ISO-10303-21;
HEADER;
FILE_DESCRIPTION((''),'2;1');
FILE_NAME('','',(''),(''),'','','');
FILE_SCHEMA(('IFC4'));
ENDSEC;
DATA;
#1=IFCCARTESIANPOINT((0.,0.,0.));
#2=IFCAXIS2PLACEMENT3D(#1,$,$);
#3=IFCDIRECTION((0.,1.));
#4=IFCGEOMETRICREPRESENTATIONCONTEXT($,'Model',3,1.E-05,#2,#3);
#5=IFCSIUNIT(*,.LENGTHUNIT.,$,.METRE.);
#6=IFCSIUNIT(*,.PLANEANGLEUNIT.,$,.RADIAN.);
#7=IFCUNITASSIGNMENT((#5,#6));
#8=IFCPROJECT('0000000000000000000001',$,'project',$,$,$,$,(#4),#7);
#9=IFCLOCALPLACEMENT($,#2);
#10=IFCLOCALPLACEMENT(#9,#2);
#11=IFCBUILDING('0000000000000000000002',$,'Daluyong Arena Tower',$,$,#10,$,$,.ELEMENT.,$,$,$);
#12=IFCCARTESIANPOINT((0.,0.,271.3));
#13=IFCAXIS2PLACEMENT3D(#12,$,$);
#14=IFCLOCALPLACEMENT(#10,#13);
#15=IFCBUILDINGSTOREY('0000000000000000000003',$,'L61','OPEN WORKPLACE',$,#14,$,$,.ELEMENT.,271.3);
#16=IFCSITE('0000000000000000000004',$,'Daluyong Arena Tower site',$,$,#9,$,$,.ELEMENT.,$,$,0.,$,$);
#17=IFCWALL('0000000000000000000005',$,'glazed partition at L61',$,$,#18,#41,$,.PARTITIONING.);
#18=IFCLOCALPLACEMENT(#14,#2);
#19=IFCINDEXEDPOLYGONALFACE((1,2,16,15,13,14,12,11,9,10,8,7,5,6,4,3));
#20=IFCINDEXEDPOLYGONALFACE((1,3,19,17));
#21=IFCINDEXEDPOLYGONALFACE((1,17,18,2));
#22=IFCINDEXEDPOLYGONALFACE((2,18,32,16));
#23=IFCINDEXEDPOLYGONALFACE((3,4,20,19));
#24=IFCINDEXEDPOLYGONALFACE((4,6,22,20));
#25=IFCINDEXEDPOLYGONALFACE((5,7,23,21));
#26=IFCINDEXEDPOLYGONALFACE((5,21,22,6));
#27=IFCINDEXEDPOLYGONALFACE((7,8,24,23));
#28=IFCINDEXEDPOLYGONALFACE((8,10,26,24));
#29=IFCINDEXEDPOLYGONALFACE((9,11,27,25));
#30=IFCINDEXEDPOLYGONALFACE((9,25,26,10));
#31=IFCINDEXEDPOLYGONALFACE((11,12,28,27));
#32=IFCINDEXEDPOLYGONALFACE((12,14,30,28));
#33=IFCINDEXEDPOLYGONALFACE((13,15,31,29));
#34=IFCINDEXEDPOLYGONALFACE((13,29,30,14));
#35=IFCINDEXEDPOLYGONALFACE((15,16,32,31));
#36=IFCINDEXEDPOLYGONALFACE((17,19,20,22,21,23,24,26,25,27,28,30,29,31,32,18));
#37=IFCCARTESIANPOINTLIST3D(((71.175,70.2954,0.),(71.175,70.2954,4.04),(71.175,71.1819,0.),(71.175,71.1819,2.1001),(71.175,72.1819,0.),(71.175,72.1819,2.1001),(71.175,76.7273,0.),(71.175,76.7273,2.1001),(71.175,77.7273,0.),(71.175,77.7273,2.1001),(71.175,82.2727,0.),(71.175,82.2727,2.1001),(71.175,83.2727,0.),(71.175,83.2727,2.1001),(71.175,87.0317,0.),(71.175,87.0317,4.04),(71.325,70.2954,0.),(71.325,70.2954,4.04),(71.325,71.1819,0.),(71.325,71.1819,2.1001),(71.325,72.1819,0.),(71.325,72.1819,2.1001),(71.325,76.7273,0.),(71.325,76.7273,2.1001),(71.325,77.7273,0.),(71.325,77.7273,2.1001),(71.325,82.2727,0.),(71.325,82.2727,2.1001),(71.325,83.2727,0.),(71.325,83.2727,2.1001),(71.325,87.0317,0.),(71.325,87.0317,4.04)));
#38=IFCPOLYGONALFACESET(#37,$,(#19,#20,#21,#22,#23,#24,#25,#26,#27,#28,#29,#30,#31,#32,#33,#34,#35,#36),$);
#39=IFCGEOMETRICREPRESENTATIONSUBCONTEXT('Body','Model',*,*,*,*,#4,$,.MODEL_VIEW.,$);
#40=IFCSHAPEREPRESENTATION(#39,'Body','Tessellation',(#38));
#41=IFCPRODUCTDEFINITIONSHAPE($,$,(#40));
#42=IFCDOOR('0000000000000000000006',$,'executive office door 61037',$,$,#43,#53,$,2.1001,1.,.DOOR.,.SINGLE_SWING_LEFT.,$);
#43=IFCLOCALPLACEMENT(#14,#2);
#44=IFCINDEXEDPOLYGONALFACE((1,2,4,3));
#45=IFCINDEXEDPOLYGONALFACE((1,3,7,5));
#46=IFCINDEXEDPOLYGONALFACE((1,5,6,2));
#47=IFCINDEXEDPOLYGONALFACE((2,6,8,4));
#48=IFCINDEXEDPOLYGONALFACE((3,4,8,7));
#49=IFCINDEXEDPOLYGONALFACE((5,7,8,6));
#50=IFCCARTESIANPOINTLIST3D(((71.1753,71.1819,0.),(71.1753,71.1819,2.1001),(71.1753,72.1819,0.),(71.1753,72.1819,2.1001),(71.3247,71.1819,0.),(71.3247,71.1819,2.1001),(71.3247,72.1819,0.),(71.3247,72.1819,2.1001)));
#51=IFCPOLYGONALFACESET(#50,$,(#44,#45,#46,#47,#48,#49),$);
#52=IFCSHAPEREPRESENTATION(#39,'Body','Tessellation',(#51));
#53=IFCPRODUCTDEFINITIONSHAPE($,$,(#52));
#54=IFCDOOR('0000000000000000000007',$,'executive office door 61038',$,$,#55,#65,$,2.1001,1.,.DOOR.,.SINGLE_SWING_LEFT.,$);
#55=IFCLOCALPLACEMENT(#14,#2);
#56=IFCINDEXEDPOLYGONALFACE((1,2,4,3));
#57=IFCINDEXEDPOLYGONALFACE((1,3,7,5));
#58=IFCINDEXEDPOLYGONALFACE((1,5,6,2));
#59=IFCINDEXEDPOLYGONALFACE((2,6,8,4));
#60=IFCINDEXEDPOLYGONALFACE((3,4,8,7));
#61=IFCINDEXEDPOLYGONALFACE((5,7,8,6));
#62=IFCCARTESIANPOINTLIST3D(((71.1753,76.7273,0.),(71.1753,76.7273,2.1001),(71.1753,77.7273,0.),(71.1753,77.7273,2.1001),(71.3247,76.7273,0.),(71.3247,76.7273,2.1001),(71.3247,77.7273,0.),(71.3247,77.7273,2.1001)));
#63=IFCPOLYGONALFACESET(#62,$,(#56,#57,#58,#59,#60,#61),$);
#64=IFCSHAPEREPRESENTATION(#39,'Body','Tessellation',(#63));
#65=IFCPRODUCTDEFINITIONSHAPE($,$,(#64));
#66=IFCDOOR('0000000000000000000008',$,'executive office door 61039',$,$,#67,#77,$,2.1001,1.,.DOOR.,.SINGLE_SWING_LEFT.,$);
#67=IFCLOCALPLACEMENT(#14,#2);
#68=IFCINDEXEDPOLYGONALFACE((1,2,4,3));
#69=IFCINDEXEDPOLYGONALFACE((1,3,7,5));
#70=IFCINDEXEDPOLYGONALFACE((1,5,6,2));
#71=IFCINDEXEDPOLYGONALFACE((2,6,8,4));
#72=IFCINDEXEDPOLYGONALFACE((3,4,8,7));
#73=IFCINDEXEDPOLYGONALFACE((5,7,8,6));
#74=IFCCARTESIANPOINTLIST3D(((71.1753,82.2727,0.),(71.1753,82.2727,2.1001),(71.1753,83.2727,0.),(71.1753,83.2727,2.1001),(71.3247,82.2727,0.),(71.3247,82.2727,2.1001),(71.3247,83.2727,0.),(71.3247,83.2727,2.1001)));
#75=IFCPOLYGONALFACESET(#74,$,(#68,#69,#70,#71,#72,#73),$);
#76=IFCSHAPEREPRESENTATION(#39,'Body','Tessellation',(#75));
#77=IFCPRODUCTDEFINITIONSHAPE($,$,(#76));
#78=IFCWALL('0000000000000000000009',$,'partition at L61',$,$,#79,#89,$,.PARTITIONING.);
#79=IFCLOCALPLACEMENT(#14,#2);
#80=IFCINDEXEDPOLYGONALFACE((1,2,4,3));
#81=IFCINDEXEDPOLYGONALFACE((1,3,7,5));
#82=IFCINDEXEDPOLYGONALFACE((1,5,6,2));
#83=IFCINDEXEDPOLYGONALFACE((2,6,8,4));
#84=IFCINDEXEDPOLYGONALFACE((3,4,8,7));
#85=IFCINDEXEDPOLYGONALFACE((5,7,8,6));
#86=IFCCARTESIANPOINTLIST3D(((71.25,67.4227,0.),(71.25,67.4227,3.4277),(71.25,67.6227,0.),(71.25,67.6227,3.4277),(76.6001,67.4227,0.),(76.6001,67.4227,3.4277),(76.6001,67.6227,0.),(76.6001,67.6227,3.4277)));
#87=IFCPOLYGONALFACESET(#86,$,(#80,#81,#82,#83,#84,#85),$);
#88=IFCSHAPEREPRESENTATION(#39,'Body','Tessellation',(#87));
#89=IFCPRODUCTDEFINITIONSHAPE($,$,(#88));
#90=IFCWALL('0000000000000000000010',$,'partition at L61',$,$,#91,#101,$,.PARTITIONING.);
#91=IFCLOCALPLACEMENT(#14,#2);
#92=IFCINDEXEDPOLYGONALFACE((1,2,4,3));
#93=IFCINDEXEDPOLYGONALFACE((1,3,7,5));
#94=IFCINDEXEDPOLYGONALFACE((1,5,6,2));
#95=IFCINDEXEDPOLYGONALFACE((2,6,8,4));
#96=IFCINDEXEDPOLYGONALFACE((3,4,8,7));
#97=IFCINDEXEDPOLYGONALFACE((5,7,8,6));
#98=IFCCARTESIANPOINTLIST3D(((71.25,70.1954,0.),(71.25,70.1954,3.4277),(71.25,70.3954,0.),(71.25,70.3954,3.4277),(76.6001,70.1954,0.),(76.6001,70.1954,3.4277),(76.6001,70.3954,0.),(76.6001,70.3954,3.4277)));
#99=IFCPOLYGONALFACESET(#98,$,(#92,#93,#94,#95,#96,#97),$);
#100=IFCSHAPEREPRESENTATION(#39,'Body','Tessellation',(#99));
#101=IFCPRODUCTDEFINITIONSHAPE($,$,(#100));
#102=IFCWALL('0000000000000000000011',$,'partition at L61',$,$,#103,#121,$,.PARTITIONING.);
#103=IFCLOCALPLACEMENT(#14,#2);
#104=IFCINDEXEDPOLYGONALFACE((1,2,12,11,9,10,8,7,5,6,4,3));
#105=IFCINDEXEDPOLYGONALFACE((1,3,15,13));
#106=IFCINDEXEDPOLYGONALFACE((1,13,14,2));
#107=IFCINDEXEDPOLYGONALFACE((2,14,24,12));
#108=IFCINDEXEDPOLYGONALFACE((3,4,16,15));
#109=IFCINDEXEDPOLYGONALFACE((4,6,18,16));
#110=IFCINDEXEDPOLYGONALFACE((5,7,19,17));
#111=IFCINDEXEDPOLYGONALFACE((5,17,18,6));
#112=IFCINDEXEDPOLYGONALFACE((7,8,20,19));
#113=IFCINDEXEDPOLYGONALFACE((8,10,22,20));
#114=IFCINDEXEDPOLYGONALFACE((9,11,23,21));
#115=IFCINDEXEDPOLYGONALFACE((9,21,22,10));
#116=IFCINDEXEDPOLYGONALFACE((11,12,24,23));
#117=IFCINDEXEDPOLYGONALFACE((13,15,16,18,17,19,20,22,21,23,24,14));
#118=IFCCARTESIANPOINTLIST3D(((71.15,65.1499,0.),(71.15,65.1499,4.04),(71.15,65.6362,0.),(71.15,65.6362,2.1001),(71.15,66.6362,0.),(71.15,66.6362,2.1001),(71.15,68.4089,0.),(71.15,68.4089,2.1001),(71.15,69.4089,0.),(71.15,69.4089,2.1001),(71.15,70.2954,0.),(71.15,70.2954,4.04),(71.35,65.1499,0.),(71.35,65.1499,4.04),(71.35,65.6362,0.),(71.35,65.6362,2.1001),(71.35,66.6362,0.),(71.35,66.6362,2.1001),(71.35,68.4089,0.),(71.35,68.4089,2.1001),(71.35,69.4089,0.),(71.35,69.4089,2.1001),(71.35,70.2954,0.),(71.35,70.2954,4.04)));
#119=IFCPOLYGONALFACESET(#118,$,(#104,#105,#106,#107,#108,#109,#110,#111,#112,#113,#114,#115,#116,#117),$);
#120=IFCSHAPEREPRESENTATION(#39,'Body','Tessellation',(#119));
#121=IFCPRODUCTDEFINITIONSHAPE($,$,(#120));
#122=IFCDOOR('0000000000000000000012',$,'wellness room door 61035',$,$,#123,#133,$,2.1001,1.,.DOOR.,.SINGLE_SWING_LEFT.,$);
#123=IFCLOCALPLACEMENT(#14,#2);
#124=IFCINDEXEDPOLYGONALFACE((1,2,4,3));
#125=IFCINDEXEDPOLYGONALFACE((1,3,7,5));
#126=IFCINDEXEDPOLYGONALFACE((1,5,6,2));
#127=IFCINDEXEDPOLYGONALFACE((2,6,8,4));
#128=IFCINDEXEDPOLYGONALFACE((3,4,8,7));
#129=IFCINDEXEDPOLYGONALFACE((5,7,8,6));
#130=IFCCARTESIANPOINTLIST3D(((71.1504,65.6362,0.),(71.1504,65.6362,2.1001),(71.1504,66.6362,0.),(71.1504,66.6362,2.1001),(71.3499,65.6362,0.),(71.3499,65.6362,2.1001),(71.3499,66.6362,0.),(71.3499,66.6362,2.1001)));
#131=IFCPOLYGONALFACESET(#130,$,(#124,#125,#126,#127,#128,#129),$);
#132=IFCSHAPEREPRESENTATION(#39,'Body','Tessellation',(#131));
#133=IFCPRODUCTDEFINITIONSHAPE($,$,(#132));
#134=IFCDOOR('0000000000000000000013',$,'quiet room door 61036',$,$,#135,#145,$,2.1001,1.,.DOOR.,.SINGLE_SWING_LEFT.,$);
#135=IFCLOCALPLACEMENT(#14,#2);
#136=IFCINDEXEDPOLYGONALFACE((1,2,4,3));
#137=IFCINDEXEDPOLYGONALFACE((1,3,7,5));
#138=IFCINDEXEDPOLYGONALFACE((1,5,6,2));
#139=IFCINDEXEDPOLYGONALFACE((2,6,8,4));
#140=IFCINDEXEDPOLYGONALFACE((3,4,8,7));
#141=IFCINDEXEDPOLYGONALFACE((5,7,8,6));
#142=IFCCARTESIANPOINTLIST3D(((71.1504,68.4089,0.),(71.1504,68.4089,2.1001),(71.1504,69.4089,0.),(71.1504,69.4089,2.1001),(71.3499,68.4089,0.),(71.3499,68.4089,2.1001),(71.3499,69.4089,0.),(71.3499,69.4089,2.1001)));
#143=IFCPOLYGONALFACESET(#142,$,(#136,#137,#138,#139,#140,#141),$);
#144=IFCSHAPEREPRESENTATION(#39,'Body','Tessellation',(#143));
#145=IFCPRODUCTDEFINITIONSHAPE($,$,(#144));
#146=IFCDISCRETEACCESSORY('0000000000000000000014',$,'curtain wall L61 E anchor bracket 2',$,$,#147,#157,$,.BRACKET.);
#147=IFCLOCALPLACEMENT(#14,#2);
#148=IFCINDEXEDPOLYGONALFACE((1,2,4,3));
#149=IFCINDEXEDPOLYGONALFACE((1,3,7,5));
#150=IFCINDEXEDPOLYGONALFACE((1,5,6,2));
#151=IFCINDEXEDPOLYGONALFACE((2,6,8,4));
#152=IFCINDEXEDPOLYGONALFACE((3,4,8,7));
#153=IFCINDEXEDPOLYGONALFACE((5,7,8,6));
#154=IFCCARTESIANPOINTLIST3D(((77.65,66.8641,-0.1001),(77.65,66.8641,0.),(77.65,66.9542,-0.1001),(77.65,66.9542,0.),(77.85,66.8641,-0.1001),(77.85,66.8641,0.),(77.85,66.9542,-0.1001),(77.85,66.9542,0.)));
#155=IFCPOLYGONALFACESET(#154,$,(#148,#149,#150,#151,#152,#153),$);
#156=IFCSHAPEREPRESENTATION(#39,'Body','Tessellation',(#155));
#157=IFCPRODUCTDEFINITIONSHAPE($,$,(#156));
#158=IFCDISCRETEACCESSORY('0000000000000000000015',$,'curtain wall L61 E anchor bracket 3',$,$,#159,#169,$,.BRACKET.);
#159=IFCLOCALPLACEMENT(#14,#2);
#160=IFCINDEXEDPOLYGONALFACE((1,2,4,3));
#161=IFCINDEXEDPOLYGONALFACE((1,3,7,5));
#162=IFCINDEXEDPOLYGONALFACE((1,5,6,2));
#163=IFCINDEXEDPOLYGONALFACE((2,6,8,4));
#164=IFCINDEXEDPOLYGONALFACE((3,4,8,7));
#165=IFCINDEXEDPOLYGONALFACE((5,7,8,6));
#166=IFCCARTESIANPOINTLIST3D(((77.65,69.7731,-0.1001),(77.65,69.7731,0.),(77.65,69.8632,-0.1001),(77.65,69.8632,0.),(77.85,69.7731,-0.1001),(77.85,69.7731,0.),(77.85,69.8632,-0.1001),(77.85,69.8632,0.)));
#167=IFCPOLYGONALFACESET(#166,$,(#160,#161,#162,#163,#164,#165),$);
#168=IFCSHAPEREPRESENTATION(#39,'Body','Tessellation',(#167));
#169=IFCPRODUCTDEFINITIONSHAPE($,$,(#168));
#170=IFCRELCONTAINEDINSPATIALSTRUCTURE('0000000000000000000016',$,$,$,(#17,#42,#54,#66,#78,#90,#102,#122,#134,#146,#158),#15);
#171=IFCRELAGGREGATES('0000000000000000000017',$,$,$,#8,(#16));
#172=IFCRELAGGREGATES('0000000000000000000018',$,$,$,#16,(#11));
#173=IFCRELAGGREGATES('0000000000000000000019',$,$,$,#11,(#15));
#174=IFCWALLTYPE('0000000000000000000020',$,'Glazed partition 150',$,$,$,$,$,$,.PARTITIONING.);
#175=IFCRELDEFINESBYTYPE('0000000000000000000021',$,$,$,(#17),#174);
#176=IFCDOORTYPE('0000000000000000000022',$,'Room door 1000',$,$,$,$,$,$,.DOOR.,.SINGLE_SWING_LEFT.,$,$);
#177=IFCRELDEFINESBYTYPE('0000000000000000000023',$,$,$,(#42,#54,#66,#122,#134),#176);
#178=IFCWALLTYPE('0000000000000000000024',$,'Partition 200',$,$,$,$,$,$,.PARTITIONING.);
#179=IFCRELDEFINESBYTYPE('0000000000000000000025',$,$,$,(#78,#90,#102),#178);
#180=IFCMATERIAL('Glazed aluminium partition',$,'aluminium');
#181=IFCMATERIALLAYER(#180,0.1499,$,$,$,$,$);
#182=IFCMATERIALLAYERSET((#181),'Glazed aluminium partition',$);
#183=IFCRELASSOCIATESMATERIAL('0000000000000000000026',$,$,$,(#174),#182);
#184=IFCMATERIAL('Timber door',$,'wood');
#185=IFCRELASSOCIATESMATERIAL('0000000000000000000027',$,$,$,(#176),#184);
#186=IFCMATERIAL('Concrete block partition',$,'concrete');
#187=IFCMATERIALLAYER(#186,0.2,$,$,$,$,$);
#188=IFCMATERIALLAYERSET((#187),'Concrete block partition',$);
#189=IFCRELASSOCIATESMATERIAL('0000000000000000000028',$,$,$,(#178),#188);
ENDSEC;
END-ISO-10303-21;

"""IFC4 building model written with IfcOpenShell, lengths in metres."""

from ifc_helpers import new_model, si_unit, direction, frame, frame_2d, origin, origin_2d, place, context, subcontext, project, spatial, rectangle, extrude, material, layer, layer_set, type_object, element, fill, save


model = new_model("IFC4")

# Units and contexts
model_context = context("Model", 3, precision=1e-05, world=origin(), true_north=direction((0.0, 1.0)))
body_context = subcontext(model_context, "Body", "Model", "MODEL_VIEW")
ifc_project = project(units=[si_unit("LENGTHUNIT", "METRE"), si_unit("PLANEANGLEUNIT", "RADIAN")], contexts=[model_context])

# Site, building, storey
site_placement = place(None, origin())
site = spatial("IfcSite", under=ifc_project, at=site_placement, Name="Daluyong Arena Tower site", CompositionType="ELEMENT", RefElevation=0.0)
building_placement = place(site_placement, origin())
building = spatial("IfcBuilding", under=site, at=building_placement, Name="Daluyong Arena Tower", CompositionType="ELEMENT")
storey_placement = place(building_placement, frame((0.0, 0.0, 271.3)))
storey = spatial("IfcBuildingStorey", under=building, at=storey_placement, Name="L61", Description="OPEN WORKPLACE", CompositionType="ELEMENT", Elevation=271.3)

# Wall, openings, doors
ifc_material_1 = material(Name="Glazed aluminium partition", Category="aluminium")
ifc_layer_1 = layer(ifc_material_1, 0.1499)
ifc_layer_set_1 = layer_set([ifc_layer_1], Name="Glazed aluminium partition")
wall_type_1 = type_object("IfcWallType", Name="Glazed partition 150", PredefinedType="PARTITIONING", material=ifc_layer_set_1)
wall_1_placement = place(storey_placement, frame((71.25, 70.2954, 0.0), z_axis=(0.0, 0.0, 1.0), x_axis=(0.0, 1.0, 0.0)))
wall_1 = element("IfcWall", 1, at=wall_1_placement, inside=storey, type_object=wall_type_1, Name="glazed partition at L61", PredefinedType="PARTITIONING", context=body_context, shape_type="SweptSolid", body=[
    extrude(rectangle(XDim=16.7363, YDim=0.1499, at=frame_2d((8.3682, 0.0))), origin(), (0.0, 0.0, 1.0), 4.04),
])
opening_1_placement = place(wall_1_placement, frame((0.8865, 0.0, 0.0)))
opening_1 = element("IfcOpeningElement", 2, at=opening_1_placement, cuts=wall_1, PredefinedType="OPENING", context=body_context, shape_type="SweptSolid", body=[
    extrude(rectangle(XDim=1.0, YDim=2.1001, at=frame_2d((0.5, 1.05))), frame((0.0, 0.085, 0.0), z_axis=(0.0, -1.0, 0.0), x_axis=(1.0, 0.0, 0.0)), (0.0, 0.0, 1.0), 0.1699),
])
opening_2_placement = place(wall_1_placement, frame((6.4319, 0.0, 0.0)))
opening_2 = element("IfcOpeningElement", 3, at=opening_2_placement, cuts=wall_1, PredefinedType="OPENING", context=body_context, shape_type="SweptSolid", body=[
    extrude(rectangle(XDim=1.0, YDim=2.1001, at=frame_2d((0.5, 1.05))), frame((0.0, 0.085, 0.0), z_axis=(0.0, -1.0, 0.0), x_axis=(1.0, 0.0, 0.0)), (0.0, 0.0, 1.0), 0.1699),
])
opening_3_placement = place(wall_1_placement, frame((11.9773, 0.0, 0.0)))
opening_3 = element("IfcOpeningElement", 4, at=opening_3_placement, cuts=wall_1, PredefinedType="OPENING", context=body_context, shape_type="SweptSolid", body=[
    extrude(rectangle(XDim=1.0, YDim=2.1001, at=frame_2d((0.5, 1.05))), frame((0.0, 0.085, 0.0), z_axis=(0.0, -1.0, 0.0), x_axis=(1.0, 0.0, 0.0)), (0.0, 0.0, 1.0), 0.1699),
])
ifc_material_2 = material(Name="Timber door", Category="wood")
door_type = type_object("IfcDoorType", Name="Room door 1000", OperationType="SINGLE_SWING_LEFT", PredefinedType="DOOR", material=ifc_material_2)
door_1_placement = place(opening_1_placement, origin())
door_1 = element("IfcDoor", 5, at=door_1_placement, inside=storey, type_object=door_type, Name="executive office door 61037", OperationType="SINGLE_SWING_LEFT", OverallHeight=2.1001, OverallWidth=1.0, PredefinedType="DOOR", context=body_context, shape_type="SweptSolid", body=[
    extrude(rectangle(XDim=1.0, YDim=2.1001, at=frame_2d((0.5, 1.05))), frame((0.0, 0.0747, 0.0), z_axis=(0.0, -1.0, 0.0), x_axis=(1.0, 0.0, 0.0)), (0.0, 0.0, 1.0), 0.1494),
])
fill(opening_1, door_1)
door_2_placement = place(opening_2_placement, origin())
door_2 = element("IfcDoor", 6, at=door_2_placement, inside=storey, type_object=door_type, Name="executive office door 61038", OperationType="SINGLE_SWING_LEFT", OverallHeight=2.1001, OverallWidth=1.0, PredefinedType="DOOR", context=body_context, shape_type="SweptSolid", body=[
    extrude(rectangle(XDim=1.0, YDim=2.1001, at=frame_2d((0.5, 1.05))), frame((0.0, 0.0747, 0.0), z_axis=(0.0, -1.0, 0.0), x_axis=(1.0, 0.0, 0.0)), (0.0, 0.0, 1.0), 0.1494),
])
fill(opening_2, door_2)
door_3_placement = place(opening_3_placement, origin())
door_3 = element("IfcDoor", 7, at=door_3_placement, inside=storey, type_object=door_type, Name="executive office door 61039", OperationType="SINGLE_SWING_LEFT", OverallHeight=2.1001, OverallWidth=1.0, PredefinedType="DOOR", context=body_context, shape_type="SweptSolid", body=[
    extrude(rectangle(XDim=1.0, YDim=2.1001, at=frame_2d((0.5, 1.05))), frame((0.0, 0.0747, 0.0), z_axis=(0.0, -1.0, 0.0), x_axis=(1.0, 0.0, 0.0)), (0.0, 0.0, 1.0), 0.1494),
])
fill(opening_3, door_3)

# Walls
ifc_material_3 = material(Name="Concrete block partition", Category="concrete")
ifc_layer_2 = layer(ifc_material_3, 0.2)
ifc_layer_set_2 = layer_set([ifc_layer_2], Name="Concrete block partition")
wall_type_2 = type_object("IfcWallType", Name="Partition 200", PredefinedType="PARTITIONING", material=ifc_layer_set_2)
for number, where, z_axis, x_axis, name in (
    (8, (71.25, 67.5227, 0.0), (0.0, 0.0, 1.0), (1.0, 0.0, 0.0), "partition at L61"),
    (9, (71.25, 70.2954, 0.0), (0.0, 0.0, 1.0), (1.0, 0.0, 0.0), "partition at L61"),
):
    element("IfcWall", number, at=place(storey_placement, frame(where, z_axis=z_axis, x_axis=x_axis)), inside=storey, type_object=wall_type_2, Name=name, PredefinedType="PARTITIONING", context=body_context, shape_type="SweptSolid", body=[
        extrude(rectangle(XDim=5.3501, YDim=0.2, at=frame_2d((2.675, 0.0))), origin(), (0.0, 0.0, 1.0), 3.4277),
    ])

# Wall, openings, doors
wall_2_placement = place(storey_placement, frame((71.25, 65.1499, 0.0), z_axis=(0.0, 0.0, 1.0), x_axis=(0.0, 1.0, 0.0)))
wall_2 = element("IfcWall", 10, at=wall_2_placement, inside=storey, type_object=wall_type_2, Name="partition at L61", PredefinedType="PARTITIONING", context=body_context, shape_type="SweptSolid", body=[
    extrude(rectangle(XDim=5.1455, YDim=0.2, at=frame_2d((2.5728, 0.0))), origin(), (0.0, 0.0, 1.0), 4.04),
])
opening_4_placement = place(wall_2_placement, frame((0.4863, 0.0, 0.0)))
opening_4 = element("IfcOpeningElement", 11, at=opening_4_placement, cuts=wall_2, PredefinedType="OPENING", context=body_context, shape_type="SweptSolid", body=[
    extrude(rectangle(XDim=1.0, YDim=2.1001, at=frame_2d((0.5, 1.05))), frame((0.0, 0.1099, 0.0), z_axis=(0.0, -1.0, 0.0), x_axis=(1.0, 0.0, 0.0)), (0.0, 0.0, 1.0), 0.22),
])
opening_5_placement = place(wall_2_placement, frame((3.259, 0.0, 0.0)))
opening_5 = element("IfcOpeningElement", 12, at=opening_5_placement, cuts=wall_2, PredefinedType="OPENING", context=body_context, shape_type="SweptSolid", body=[
    extrude(rectangle(XDim=1.0, YDim=2.1001, at=frame_2d((0.5, 1.05))), frame((0.0, 0.1099, 0.0), z_axis=(0.0, -1.0, 0.0), x_axis=(1.0, 0.0, 0.0)), (0.0, 0.0, 1.0), 0.22),
])
door_4_placement = place(opening_4_placement, origin())
door_4 = element("IfcDoor", 13, at=door_4_placement, inside=storey, type_object=door_type, Name="wellness room door 61035", OperationType="SINGLE_SWING_LEFT", OverallHeight=2.1001, OverallWidth=1.0, PredefinedType="DOOR", context=body_context, shape_type="SweptSolid", body=[
    extrude(rectangle(XDim=1.0, YDim=2.1001, at=frame_2d((0.5, 1.05))), frame((0.0, 0.0996, 0.0), z_axis=(0.0, -1.0, 0.0), x_axis=(1.0, 0.0, 0.0)), (0.0, 0.0, 1.0), 0.1995),
])
fill(opening_4, door_4)
door_5_placement = place(opening_5_placement, origin())
door_5 = element("IfcDoor", 14, at=door_5_placement, inside=storey, type_object=door_type, Name="quiet room door 61036", OperationType="SINGLE_SWING_LEFT", OverallHeight=2.1001, OverallWidth=1.0, PredefinedType="DOOR", context=body_context, shape_type="SweptSolid", body=[
    extrude(rectangle(XDim=1.0, YDim=2.1001, at=frame_2d((0.5, 1.05))), frame((0.0, 0.0996, 0.0), z_axis=(0.0, -1.0, 0.0), x_axis=(1.0, 0.0, 0.0)), (0.0, 0.0, 1.0), 0.1995),
])
fill(opening_5, door_5)

# Discrete accessories
for number, where, z_axis, x_axis, name in (
    (15, (77.75, 66.9092, -0.1001), (0.0, 0.0, 1.0), (0.0, 1.0, 0.0), "curtain wall L61 E anchor bracket 2"),
    (16, (77.75, 69.8181, -0.1001), (0.0, 0.0, 1.0), (0.0, 1.0, 0.0), "curtain wall L61 E anchor bracket 3"),
):
    element("IfcDiscreteAccessory", number, at=place(storey_placement, frame(where, z_axis=z_axis, x_axis=x_axis)), inside=storey, Name=name, PredefinedType="BRACKET", context=body_context, shape_type="SweptSolid", body=[
        extrude(rectangle(XDim=0.0901, YDim=0.2, at=origin_2d()), origin(), (0.0, 0.0, 1.0), 0.1001),
    ])

save(model, "model.ifc")
